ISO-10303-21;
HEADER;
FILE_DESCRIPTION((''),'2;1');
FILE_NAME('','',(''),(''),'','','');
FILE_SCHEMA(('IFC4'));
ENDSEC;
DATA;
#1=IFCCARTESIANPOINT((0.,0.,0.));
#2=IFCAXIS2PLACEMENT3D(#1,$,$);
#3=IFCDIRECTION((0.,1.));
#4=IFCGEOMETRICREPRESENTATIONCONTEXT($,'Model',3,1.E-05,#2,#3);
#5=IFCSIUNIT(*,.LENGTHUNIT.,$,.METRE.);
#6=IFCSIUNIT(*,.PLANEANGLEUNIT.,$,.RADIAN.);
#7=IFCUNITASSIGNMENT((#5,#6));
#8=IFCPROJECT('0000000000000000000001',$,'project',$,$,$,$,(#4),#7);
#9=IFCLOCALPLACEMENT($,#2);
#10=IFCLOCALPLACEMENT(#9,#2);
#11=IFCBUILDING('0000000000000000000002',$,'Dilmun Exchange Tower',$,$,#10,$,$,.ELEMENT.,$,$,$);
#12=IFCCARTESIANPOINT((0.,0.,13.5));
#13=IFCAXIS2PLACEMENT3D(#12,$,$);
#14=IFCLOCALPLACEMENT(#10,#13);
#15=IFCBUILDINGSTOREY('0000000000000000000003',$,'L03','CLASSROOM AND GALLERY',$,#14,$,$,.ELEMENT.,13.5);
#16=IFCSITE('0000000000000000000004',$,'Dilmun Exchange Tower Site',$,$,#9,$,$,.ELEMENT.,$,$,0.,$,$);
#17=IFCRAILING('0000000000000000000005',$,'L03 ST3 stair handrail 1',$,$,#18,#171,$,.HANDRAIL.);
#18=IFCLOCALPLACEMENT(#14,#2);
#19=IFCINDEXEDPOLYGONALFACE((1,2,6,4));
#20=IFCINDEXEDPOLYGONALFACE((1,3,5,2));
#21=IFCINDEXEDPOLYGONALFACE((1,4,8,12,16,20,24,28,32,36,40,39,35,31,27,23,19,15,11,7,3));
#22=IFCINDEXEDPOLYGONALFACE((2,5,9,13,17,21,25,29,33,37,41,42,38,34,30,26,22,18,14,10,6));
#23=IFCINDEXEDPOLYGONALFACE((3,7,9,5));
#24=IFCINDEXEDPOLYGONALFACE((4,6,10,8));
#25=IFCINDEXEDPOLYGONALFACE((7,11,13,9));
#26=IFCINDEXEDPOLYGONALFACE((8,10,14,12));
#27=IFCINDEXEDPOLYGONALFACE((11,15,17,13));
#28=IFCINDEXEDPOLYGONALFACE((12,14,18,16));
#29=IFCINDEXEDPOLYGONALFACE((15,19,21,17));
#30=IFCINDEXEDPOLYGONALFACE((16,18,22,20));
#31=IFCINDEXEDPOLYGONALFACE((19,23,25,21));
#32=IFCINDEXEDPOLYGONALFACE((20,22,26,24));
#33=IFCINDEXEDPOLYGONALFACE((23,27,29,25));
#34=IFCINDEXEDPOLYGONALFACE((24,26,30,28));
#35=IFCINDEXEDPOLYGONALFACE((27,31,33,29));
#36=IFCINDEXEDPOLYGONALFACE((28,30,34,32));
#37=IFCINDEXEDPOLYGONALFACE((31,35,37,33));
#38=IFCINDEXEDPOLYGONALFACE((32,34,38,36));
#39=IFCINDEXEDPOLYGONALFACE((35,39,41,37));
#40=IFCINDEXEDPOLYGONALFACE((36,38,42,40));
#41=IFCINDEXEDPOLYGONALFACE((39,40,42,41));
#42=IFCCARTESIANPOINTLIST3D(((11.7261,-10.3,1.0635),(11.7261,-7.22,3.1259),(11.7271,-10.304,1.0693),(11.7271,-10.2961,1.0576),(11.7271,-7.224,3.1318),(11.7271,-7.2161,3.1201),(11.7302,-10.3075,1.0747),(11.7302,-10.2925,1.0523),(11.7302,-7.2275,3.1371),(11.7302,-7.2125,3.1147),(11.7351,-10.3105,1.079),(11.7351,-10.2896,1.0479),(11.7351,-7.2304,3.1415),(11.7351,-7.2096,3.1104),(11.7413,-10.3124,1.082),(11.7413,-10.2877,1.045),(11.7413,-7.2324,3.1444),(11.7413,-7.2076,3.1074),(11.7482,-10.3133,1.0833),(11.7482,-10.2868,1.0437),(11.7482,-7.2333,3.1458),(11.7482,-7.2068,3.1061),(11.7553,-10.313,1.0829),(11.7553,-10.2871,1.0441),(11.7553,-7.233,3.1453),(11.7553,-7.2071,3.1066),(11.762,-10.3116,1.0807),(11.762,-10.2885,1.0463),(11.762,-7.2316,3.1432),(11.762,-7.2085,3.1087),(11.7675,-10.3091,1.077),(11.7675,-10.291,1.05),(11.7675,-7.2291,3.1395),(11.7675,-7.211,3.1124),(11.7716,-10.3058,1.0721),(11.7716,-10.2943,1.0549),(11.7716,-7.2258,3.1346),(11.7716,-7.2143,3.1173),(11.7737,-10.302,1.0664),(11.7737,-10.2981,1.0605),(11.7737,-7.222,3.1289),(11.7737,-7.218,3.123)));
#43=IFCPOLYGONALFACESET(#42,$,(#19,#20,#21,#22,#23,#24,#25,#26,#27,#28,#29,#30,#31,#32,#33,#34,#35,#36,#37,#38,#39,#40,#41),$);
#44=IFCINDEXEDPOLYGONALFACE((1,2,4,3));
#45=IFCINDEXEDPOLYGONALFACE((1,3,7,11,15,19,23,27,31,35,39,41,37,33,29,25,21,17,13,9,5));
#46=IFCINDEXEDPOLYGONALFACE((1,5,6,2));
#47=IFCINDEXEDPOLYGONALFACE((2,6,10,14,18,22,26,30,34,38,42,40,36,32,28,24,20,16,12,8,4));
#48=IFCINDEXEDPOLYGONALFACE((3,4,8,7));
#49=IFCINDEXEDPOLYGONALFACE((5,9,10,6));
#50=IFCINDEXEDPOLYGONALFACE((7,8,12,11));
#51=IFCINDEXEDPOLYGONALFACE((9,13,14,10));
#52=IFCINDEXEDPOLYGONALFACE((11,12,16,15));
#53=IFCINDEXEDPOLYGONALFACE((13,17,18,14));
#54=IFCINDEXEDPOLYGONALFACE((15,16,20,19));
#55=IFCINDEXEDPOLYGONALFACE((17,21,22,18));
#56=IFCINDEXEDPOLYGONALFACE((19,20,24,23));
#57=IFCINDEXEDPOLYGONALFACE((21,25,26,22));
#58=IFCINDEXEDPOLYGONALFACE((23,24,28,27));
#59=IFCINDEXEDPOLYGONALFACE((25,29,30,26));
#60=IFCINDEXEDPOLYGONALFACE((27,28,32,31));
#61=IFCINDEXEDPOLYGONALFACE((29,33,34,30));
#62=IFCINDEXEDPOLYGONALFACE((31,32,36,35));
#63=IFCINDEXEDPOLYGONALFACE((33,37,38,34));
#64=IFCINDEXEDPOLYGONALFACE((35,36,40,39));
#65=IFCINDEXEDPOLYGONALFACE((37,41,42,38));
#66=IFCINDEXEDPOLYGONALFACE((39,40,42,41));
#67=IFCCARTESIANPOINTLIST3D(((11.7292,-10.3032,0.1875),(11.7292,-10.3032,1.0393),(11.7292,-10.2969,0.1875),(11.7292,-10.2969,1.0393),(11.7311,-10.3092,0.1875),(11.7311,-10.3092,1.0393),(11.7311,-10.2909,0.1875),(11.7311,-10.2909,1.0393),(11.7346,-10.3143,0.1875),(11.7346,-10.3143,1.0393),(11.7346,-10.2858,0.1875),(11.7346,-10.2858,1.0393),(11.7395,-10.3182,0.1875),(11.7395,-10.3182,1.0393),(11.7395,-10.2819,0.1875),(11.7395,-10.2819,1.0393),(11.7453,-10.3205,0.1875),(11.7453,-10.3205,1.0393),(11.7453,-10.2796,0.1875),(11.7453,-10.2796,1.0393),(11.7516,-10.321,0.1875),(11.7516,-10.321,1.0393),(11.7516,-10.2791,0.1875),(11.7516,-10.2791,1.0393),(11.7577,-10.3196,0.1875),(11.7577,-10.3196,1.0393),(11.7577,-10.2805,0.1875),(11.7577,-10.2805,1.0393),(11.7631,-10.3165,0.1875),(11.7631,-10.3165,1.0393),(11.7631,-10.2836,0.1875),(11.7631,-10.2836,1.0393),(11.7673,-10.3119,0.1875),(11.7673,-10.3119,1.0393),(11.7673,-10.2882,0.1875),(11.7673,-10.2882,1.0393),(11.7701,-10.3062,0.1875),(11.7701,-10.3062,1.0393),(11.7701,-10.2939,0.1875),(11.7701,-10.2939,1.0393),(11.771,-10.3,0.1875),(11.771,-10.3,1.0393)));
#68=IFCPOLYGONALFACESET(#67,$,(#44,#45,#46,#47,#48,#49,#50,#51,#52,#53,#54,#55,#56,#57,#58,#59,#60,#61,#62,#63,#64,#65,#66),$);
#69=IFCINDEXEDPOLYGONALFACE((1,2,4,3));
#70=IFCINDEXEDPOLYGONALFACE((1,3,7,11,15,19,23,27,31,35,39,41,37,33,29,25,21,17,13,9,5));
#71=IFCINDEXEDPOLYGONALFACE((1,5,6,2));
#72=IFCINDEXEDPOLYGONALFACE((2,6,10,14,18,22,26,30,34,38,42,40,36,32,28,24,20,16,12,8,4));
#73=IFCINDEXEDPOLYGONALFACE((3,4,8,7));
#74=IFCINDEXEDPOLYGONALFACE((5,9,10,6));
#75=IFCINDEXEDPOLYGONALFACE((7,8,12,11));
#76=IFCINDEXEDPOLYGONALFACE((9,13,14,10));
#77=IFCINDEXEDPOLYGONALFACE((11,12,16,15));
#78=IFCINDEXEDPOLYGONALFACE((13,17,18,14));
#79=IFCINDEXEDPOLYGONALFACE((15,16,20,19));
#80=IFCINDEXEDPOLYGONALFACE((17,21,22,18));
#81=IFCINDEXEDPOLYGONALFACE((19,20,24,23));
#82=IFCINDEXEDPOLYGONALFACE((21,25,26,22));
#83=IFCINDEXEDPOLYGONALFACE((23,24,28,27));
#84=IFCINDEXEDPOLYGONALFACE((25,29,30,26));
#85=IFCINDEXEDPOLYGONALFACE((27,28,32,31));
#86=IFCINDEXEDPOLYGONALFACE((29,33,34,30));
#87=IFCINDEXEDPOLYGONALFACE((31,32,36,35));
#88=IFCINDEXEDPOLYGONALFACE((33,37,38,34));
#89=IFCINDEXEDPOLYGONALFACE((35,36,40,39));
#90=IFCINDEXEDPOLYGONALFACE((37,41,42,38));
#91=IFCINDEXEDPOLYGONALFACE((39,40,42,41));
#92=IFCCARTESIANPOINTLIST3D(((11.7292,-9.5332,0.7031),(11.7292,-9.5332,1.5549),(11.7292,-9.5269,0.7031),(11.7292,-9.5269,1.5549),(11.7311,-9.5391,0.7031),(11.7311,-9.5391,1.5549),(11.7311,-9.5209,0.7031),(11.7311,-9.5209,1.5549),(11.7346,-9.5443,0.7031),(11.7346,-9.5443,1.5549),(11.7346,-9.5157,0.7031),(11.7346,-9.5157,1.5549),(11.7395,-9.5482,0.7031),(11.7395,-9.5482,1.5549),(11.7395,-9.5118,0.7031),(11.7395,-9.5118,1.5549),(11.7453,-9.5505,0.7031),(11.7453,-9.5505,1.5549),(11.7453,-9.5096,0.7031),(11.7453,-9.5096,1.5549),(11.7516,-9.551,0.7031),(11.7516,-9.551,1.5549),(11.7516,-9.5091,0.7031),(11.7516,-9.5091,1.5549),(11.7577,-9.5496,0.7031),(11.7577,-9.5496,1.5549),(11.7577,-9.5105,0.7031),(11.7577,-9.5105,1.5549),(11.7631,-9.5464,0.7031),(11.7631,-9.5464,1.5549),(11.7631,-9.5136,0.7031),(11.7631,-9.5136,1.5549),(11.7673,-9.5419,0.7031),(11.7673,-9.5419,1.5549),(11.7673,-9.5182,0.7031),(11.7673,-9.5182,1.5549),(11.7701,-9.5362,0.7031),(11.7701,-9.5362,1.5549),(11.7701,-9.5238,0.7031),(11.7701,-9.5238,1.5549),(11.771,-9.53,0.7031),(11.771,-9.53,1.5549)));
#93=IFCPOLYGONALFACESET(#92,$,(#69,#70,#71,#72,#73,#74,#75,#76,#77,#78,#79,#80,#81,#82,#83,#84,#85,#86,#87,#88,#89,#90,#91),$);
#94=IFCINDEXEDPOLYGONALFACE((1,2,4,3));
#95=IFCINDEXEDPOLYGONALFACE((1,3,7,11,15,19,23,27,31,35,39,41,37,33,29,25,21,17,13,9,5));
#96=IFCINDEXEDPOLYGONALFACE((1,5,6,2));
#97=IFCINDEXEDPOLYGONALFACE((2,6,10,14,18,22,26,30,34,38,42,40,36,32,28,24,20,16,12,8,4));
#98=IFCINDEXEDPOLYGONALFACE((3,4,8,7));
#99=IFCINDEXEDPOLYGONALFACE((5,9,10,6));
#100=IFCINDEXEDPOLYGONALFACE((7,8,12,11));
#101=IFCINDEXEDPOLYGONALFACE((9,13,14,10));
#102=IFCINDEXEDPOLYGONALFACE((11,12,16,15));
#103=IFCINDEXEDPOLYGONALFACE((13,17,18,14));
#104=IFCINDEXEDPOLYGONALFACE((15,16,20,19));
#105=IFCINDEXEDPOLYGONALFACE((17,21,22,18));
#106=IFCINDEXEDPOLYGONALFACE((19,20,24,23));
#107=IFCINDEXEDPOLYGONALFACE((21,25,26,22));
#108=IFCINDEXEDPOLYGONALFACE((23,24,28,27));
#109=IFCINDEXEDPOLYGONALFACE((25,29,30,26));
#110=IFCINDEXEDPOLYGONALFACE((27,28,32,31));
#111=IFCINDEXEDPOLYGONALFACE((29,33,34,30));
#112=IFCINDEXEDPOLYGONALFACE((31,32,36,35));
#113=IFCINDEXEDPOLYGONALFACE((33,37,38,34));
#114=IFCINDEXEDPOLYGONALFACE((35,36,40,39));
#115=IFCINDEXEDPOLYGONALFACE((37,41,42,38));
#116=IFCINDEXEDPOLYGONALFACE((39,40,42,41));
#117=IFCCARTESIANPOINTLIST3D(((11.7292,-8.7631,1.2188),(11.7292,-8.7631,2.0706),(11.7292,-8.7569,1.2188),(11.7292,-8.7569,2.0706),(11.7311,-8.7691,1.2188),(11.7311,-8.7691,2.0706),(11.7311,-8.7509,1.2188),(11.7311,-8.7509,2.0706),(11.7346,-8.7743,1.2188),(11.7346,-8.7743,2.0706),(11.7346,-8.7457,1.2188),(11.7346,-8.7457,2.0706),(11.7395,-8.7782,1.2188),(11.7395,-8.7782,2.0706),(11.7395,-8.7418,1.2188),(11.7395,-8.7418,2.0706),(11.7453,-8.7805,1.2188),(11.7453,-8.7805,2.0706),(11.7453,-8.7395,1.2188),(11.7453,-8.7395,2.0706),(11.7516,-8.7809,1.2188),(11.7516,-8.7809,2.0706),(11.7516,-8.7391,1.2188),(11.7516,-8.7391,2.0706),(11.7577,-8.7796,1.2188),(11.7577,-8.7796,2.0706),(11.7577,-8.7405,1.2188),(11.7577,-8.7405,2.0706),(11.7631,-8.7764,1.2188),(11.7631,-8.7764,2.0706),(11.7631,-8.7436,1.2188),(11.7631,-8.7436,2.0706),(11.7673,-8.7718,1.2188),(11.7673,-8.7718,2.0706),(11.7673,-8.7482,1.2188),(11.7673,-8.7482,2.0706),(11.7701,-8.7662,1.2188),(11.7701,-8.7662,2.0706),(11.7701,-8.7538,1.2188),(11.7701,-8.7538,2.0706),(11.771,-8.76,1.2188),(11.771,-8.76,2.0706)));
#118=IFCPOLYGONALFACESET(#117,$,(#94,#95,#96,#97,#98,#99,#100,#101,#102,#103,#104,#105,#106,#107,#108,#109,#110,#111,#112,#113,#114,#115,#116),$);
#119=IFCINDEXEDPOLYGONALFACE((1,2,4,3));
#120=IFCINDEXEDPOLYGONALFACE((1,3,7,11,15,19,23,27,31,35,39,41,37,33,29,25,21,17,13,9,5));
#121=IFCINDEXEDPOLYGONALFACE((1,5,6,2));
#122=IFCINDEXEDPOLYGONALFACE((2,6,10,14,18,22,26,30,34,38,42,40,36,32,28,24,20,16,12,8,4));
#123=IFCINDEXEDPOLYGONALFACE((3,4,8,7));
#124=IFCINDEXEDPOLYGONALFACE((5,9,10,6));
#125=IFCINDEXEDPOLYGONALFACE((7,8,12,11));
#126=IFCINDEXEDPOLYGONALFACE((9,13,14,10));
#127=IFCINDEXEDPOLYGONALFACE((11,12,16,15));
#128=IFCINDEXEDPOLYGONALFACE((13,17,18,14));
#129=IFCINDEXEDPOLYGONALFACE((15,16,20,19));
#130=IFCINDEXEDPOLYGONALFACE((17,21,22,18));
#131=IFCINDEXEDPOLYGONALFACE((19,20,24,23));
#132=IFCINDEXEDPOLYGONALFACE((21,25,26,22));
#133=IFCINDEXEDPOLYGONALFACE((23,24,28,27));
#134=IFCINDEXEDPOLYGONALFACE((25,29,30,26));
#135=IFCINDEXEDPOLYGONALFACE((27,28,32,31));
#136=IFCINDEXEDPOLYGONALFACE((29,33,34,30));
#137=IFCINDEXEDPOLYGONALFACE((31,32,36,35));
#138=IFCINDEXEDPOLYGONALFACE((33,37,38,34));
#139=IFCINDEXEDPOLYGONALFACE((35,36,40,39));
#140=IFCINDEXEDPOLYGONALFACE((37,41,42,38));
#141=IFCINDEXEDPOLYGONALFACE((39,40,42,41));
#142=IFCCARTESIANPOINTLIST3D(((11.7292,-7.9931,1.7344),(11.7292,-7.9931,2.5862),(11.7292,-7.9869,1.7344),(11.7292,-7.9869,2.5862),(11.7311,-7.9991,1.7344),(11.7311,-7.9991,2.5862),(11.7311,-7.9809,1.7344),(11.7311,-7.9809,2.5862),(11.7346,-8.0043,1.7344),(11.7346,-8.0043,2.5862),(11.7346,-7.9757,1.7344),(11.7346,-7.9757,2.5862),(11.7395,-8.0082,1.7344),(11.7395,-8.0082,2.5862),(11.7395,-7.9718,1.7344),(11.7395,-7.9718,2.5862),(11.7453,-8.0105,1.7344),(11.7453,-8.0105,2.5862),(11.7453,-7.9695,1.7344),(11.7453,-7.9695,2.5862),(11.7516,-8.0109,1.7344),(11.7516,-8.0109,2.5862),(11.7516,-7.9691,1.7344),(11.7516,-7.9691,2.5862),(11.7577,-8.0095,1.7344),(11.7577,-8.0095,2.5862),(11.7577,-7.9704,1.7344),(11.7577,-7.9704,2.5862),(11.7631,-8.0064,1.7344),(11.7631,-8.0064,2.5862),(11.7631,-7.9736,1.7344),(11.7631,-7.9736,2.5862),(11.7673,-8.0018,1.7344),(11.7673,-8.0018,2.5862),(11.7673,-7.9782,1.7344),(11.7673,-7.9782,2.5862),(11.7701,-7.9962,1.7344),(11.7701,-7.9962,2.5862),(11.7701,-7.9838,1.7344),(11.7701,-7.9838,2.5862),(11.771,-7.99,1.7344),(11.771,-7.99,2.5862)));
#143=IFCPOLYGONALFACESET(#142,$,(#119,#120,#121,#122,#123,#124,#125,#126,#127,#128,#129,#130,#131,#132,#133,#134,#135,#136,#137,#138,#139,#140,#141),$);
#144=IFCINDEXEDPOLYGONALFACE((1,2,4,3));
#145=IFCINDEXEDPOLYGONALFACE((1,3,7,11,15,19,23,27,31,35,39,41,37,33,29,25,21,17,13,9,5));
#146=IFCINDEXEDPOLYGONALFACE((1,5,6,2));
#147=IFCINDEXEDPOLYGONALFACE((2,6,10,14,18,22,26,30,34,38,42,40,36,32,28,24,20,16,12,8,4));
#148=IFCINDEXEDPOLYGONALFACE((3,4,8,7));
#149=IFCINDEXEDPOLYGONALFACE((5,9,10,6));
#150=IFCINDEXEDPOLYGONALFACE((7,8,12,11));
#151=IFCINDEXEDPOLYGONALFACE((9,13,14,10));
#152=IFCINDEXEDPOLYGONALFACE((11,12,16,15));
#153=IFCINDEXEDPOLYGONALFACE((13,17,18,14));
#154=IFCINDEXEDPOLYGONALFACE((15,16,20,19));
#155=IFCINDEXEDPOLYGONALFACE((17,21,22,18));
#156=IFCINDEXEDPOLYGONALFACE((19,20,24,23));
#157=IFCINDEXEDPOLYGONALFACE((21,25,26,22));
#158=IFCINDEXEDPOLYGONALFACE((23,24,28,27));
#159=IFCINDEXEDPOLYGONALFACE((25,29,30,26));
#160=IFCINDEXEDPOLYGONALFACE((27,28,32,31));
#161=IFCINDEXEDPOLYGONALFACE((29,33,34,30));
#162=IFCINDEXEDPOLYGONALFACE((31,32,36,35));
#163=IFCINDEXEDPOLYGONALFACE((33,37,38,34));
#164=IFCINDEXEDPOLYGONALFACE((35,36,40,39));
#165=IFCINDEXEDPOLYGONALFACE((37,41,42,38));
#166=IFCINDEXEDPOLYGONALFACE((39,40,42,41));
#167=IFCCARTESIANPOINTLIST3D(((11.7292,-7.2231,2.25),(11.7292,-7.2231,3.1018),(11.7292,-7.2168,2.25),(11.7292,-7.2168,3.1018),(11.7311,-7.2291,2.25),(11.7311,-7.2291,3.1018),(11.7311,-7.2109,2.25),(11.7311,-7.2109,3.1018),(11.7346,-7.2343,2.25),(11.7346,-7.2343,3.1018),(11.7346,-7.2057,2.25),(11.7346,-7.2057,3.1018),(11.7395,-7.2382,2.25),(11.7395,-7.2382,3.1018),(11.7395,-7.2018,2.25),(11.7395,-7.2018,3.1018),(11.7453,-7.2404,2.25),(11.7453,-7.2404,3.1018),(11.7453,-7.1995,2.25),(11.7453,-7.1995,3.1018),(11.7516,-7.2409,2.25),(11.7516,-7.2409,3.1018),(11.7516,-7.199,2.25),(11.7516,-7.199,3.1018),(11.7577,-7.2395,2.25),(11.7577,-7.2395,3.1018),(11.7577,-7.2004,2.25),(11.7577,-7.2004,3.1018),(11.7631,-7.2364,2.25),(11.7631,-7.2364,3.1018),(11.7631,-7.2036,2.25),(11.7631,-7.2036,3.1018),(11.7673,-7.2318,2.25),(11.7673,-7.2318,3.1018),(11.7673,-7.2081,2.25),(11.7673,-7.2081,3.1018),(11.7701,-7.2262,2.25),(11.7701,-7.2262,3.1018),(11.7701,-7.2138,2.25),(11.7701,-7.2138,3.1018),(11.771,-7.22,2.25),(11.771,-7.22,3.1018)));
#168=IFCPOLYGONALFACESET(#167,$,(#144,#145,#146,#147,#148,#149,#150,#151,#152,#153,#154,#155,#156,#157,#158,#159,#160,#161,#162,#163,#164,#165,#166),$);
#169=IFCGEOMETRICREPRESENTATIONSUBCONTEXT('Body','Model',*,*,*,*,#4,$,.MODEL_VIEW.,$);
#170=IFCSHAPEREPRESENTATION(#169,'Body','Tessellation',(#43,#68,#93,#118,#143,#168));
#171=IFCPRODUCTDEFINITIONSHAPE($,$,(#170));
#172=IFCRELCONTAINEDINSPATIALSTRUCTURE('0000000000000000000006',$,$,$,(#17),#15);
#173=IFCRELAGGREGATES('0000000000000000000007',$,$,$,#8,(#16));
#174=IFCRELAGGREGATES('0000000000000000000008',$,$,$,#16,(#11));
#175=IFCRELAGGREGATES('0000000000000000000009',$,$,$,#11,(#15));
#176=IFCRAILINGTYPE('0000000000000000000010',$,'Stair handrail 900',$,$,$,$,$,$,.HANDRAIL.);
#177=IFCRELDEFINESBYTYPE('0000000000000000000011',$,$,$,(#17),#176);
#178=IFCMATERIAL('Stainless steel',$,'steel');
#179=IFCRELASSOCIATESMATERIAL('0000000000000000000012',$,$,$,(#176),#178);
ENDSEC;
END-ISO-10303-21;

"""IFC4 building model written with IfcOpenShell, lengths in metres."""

from ifc_helpers import new_model, si_unit, direction, frame, origin, origin_2d, place, context, subcontext, project, spatial, circle, extrude, material, type_object, element, save


model = new_model("IFC4")

# Units and contexts
model_context = context("Model", 3, precision=1e-05, world=origin(), true_north=direction((0.0, 1.0)))
body_context = subcontext(model_context, "Body", "Model", "MODEL_VIEW")
ifc_project = project(units=[si_unit("LENGTHUNIT", "METRE"), si_unit("PLANEANGLEUNIT", "RADIAN")], contexts=[model_context])

# Site, building, storey
site_placement = place(None, origin())
site = spatial("IfcSite", under=ifc_project, at=site_placement, Name="Dilmun Exchange Tower Site", CompositionType="ELEMENT", RefElevation=0.0)
building_placement = place(site_placement, origin())
building = spatial("IfcBuilding", under=site, at=building_placement, Name="Dilmun Exchange Tower", CompositionType="ELEMENT")
storey_placement = place(building_placement, frame((0.0, 0.0, 13.5)))
storey = spatial("IfcBuildingStorey", under=building, at=storey_placement, Name="L03", Description="CLASSROOM AND GALLERY", CompositionType="ELEMENT", Elevation=13.5)

# Railing
ifc_material_1 = material(Name="Stainless steel", Category="steel")
railing_type_1 = type_object("IfcRailingType", Name="Stair handrail 900", PredefinedType="HANDRAIL", material=ifc_material_1)
railing_1_placement = place(storey_placement, frame((11.75, -10.3, 0.1875)))
element("IfcRailing", 1, at=railing_1_placement, inside=storey, type_object=railing_type_1, Name="L03 ST3 stair handrail 1", PredefinedType="HANDRAIL", context=body_context, shape_type="SweptSolid", body=[
    extrude(circle(Radius=0.0239, at=origin_2d()), frame((0.0, 0.0, 0.876), z_axis=(0.0, 0.830914, 0.556401), x_axis=(-1.0, 0.0, 0.0)), (0.0, 0.0, 1.0), 3.7068),
    extrude(circle(Radius=0.021, at=origin_2d()), origin(), (0.0, 0.0, 1.0), 0.8518),
    extrude(circle(Radius=0.021, at=origin_2d()), frame((0.0, 0.77, 0.5156)), (0.0, 0.0, 1.0), 0.8518),
    extrude(circle(Radius=0.021, at=origin_2d()), frame((0.0, 1.54, 1.0312)), (0.0, 0.0, 1.0), 0.8518),
    extrude(circle(Radius=0.021, at=origin_2d()), frame((0.0, 2.3101, 1.5469)), (0.0, 0.0, 1.0), 0.8518),
    extrude(circle(Radius=0.021, at=origin_2d()), frame((0.0, 3.0801, 2.0625)), (0.0, 0.0, 1.0), 0.8518),
])

save(model, "model.ifc")
